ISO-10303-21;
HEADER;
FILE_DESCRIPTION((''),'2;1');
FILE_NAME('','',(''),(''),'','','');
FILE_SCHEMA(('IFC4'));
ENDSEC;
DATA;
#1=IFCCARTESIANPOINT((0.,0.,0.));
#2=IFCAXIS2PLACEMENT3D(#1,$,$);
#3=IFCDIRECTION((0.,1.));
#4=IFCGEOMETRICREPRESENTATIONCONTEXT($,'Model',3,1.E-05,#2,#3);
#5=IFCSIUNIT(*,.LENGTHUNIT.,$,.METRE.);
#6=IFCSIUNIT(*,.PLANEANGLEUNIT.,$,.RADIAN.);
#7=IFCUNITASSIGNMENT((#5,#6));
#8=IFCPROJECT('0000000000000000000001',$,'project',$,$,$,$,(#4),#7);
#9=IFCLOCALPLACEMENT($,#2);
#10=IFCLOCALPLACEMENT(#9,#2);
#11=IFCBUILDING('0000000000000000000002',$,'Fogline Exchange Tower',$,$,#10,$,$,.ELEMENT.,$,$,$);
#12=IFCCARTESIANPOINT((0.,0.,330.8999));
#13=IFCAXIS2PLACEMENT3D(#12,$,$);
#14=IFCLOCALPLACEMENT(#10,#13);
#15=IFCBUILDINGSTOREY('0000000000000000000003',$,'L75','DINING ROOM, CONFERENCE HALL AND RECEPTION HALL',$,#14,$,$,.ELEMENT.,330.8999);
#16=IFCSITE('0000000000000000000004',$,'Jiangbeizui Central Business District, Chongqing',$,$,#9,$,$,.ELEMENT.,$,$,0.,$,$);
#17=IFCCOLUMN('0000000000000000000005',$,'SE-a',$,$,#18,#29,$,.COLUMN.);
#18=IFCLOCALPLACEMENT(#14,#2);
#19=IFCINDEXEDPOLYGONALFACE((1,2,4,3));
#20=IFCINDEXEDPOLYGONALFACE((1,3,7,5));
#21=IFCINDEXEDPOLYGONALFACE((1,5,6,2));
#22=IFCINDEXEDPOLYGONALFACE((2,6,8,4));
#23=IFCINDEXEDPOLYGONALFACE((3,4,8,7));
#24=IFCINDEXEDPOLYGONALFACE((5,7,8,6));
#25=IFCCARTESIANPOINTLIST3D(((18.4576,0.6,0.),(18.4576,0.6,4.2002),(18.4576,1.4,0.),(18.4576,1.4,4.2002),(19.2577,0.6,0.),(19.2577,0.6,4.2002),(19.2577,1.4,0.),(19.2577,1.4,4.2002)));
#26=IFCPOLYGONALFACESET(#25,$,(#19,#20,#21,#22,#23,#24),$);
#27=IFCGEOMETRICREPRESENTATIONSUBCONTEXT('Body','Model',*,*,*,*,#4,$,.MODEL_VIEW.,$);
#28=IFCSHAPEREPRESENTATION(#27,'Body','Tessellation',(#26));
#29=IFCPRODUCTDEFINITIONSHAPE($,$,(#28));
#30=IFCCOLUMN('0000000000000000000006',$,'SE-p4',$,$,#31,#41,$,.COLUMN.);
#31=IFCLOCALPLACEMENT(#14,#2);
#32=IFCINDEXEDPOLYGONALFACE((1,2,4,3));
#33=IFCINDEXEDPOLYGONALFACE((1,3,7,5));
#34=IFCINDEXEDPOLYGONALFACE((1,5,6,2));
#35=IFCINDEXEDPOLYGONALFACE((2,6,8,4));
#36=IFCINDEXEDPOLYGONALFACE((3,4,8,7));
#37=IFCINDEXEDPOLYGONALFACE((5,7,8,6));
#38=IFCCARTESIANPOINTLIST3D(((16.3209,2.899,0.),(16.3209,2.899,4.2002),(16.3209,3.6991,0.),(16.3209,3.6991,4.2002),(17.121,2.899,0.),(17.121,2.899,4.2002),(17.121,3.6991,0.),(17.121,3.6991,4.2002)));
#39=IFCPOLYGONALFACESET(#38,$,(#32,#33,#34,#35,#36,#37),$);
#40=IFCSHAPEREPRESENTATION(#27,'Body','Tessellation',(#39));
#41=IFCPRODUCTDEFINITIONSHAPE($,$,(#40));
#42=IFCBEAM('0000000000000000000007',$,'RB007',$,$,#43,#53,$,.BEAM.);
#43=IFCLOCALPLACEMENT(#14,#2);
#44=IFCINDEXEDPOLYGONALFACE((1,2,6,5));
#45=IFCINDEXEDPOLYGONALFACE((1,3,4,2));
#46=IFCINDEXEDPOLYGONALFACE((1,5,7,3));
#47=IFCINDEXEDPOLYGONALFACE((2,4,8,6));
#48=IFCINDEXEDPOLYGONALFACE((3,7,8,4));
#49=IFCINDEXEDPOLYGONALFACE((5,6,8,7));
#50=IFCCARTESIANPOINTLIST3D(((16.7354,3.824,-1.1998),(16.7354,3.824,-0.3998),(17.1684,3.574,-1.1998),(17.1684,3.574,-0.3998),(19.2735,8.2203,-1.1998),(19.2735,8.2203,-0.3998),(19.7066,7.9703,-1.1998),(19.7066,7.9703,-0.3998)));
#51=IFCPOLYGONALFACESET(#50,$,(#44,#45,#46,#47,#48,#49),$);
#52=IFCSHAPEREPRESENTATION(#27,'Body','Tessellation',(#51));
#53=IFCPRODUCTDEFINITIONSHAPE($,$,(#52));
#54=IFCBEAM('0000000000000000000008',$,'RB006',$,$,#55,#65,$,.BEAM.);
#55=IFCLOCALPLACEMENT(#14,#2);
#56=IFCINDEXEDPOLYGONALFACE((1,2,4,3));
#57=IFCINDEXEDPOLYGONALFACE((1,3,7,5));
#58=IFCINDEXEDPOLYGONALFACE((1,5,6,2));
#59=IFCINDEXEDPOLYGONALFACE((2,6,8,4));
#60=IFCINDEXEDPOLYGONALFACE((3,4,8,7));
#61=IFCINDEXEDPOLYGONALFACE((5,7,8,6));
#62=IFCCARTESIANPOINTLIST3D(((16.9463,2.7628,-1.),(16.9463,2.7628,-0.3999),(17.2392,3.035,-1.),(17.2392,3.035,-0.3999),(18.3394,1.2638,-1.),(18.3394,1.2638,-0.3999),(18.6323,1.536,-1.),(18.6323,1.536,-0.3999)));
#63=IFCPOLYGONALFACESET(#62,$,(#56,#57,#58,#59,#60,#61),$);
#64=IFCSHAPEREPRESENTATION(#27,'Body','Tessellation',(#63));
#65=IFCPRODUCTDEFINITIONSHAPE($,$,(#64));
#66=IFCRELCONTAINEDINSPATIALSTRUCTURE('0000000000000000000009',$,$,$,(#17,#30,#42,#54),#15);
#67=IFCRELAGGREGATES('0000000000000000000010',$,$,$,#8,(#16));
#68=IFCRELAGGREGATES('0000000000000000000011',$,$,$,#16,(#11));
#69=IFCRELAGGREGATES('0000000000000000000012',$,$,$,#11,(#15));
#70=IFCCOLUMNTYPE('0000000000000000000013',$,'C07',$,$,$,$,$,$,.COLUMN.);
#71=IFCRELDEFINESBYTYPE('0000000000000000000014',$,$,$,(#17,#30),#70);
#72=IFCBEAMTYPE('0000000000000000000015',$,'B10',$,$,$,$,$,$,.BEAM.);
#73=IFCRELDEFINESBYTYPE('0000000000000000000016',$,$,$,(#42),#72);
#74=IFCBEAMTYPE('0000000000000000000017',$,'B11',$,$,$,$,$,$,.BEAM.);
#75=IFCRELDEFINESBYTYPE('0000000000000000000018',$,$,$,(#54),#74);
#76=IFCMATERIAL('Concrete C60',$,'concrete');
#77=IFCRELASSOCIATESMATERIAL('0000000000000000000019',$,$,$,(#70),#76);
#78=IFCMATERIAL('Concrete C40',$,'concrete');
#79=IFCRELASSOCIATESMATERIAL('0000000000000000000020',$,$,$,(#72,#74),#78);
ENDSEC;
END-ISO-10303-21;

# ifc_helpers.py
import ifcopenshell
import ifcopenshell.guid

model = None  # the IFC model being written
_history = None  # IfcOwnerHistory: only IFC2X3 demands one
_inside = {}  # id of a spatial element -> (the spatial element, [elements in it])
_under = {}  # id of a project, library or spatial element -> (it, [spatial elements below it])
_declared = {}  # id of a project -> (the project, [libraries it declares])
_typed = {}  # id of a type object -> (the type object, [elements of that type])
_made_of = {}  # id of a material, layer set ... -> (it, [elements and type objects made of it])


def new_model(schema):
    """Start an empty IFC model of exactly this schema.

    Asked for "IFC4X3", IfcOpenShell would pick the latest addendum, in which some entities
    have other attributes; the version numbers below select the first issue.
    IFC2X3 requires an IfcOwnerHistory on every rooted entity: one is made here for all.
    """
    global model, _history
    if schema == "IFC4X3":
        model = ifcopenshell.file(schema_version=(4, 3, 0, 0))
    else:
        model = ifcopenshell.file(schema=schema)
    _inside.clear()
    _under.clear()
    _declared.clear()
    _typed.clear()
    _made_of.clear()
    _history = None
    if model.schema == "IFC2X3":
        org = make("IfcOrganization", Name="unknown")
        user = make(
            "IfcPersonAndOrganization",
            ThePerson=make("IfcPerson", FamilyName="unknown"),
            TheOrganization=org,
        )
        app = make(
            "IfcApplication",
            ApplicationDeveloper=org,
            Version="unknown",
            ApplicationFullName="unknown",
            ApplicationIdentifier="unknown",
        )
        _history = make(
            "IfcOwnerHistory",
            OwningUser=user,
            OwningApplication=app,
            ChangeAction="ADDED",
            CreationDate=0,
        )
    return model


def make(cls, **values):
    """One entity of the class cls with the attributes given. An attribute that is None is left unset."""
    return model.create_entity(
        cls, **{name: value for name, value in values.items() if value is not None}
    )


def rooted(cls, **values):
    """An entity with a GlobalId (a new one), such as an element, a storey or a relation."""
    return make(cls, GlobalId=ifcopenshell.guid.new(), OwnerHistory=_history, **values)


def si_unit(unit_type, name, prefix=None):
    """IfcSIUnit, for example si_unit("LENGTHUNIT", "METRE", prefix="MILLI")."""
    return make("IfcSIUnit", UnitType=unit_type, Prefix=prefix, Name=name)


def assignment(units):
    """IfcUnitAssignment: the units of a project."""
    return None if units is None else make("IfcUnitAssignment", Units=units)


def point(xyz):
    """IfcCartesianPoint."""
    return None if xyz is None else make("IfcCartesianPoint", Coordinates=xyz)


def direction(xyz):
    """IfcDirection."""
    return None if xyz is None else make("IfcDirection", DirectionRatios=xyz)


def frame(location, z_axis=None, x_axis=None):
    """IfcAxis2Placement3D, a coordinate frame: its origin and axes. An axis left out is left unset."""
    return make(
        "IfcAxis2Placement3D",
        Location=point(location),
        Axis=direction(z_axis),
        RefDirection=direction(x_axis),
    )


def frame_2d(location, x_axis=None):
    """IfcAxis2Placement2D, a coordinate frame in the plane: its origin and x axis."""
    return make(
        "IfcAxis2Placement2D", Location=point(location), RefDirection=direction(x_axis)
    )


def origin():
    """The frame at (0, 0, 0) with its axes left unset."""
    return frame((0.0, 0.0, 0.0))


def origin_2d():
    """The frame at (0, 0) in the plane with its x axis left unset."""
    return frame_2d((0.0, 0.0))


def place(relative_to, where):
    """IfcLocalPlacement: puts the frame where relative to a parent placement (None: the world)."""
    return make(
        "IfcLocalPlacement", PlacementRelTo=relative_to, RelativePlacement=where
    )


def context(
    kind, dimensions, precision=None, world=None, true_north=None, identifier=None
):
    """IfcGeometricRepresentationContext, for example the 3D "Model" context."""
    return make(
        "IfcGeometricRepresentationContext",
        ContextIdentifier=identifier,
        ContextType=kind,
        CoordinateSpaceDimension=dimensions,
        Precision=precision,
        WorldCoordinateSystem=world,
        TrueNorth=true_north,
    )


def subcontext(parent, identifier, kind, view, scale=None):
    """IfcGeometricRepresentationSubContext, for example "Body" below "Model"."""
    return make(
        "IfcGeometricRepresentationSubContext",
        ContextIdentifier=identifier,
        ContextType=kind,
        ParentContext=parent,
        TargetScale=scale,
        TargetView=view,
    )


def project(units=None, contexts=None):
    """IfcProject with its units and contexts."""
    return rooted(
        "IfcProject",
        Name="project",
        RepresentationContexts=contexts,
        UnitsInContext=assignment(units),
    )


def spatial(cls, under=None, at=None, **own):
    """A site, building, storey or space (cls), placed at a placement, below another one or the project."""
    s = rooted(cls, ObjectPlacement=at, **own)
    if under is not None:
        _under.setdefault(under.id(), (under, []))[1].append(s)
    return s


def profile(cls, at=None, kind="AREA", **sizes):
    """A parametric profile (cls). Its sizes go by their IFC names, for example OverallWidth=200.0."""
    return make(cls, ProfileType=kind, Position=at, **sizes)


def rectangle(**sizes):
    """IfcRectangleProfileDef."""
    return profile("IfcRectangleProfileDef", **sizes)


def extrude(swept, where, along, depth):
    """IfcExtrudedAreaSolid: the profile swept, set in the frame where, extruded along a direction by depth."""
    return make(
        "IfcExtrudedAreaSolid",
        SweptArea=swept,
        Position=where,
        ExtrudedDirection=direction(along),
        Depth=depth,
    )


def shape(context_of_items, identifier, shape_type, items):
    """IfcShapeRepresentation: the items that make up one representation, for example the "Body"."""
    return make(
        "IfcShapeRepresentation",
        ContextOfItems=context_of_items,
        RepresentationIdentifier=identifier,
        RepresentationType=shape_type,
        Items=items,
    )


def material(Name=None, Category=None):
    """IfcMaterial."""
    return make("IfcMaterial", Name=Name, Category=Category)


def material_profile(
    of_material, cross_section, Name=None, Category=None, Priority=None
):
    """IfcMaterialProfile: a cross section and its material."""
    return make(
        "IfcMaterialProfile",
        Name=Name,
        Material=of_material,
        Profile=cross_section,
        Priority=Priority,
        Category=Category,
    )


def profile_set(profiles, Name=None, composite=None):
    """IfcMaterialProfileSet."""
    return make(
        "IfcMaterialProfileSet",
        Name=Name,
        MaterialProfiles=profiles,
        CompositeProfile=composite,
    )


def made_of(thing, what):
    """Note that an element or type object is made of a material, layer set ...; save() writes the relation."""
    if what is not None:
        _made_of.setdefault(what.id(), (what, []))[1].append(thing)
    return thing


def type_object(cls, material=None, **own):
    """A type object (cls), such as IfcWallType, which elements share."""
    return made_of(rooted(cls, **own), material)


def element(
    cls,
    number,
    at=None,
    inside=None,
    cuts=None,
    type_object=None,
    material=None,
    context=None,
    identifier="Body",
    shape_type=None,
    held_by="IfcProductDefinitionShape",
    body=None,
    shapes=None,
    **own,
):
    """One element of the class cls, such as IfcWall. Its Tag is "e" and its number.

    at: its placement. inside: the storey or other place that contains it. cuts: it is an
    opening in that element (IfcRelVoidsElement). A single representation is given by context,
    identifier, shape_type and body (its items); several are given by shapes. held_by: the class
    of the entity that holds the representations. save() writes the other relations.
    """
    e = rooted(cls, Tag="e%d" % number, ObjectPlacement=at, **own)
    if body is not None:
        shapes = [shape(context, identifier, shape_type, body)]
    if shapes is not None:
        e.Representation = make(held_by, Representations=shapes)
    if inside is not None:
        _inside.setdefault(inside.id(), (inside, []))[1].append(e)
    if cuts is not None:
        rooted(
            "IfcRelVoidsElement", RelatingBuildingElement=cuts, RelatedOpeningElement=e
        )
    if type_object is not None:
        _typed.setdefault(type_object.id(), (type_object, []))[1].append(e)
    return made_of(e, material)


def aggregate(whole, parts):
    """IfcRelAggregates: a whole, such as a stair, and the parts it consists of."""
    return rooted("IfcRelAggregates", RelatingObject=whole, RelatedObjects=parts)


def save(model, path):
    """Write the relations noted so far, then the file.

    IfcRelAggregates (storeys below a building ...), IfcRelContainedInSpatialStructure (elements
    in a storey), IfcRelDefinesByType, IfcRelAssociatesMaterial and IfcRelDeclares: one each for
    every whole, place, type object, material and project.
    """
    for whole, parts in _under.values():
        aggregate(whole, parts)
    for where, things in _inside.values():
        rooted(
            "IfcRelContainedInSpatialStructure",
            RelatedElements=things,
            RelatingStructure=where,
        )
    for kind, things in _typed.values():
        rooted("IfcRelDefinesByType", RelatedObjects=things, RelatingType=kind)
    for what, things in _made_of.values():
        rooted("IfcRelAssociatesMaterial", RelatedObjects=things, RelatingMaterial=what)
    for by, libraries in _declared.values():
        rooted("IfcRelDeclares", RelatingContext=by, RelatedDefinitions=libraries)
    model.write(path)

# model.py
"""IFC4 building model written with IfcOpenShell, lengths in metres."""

from ifc_helpers import new_model, si_unit, direction, frame, origin, origin_2d, place, context, subcontext, project, spatial, rectangle, extrude, material, material_profile, profile_set, type_object, element, save


model = new_model("IFC4")

# Units and contexts
model_context = context("Model", 3, precision=1e-05, world=origin(), true_north=direction((0.0, 1.0)))
body_context = subcontext(model_context, "Body", "Model", "MODEL_VIEW")
ifc_project = project(units=[si_unit("LENGTHUNIT", "METRE"), si_unit("PLANEANGLEUNIT", "RADIAN")], contexts=[model_context])

# Site, building, storey
site_placement = place(None, origin())
site = spatial("IfcSite", under=ifc_project, at=site_placement, Name="Jiangbeizui Central Business District, Chongqing", CompositionType="ELEMENT", RefElevation=0.0)
building_placement = place(site_placement, origin())
building = spatial("IfcBuilding", under=site, at=building_placement, Name="Fogline Exchange Tower", CompositionType="ELEMENT")
storey_placement = place(building_placement, frame((0.0, 0.0, 330.8999)))
storey = spatial("IfcBuildingStorey", under=building, at=storey_placement, Name="L75", Description="DINING ROOM, CONFERENCE HALL AND RECEPTION HALL", CompositionType="ELEMENT", Elevation=330.8999)

# Columns
ifc_material_1 = material(Name="Concrete C60", Category="concrete")
ifc_material_profile_1 = material_profile(ifc_material_1, rectangle(XDim=0.8, YDim=0.8, at=origin_2d()), Name="RC 800x800")
ifc_profile_set_1 = profile_set([ifc_material_profile_1], Name="Concrete C60")
column_type = type_object("IfcColumnType", Name="C07", PredefinedType="COLUMN", material=ifc_profile_set_1)
for number, where, z_axis, x_axis, name in (
    (1, (18.8577, 1.0, 0.0), (0.0, 0.0, 1.0), (1.0, 0.0, 0.0), "SE-a"),
    (2, (16.7209, 3.2991, 0.0), (0.0, 0.0, 1.0), (1.0, 0.0, 0.0), "SE-p4"),
):
    element("IfcColumn", number, at=place(storey_placement, frame(where, z_axis=z_axis, x_axis=x_axis)), inside=storey, type_object=column_type, Name=name, PredefinedType="COLUMN", context=body_context, shape_type="SweptSolid", body=[
        extrude(rectangle(XDim=0.8, YDim=0.8, at=origin_2d()), origin(), (0.0, 0.0, 1.0), 4.2002),
    ])

# Beams
ifc_material_2 = material(Name="Concrete C40", Category="concrete")
ifc_material_profile_2 = material_profile(ifc_material_2, rectangle(XDim=0.5, YDim=0.8, at=origin_2d()), Name="RC 500x800")
ifc_profile_set_2 = profile_set([ifc_material_profile_2], Name="Concrete C40")
beam_type_1 = type_object("IfcBeamType", Name="B10", PredefinedType="BEAM", material=ifc_profile_set_2)
beam_1_placement = place(storey_placement, frame((16.9519, 3.699, -0.7998), z_axis=(0.499988, 0.866033, 0.0), x_axis=(-0.866033, 0.499988, 0.0)))
element("IfcBeam", 3, at=beam_1_placement, inside=storey, type_object=beam_type_1, Name="RB007", PredefinedType="BEAM", context=body_context, shape_type="SweptSolid", body=[
    extrude(rectangle(XDim=0.5, YDim=0.8, at=origin_2d()), origin(), (0.0, 0.0, 1.0), 5.0764),
])
ifc_material_profile_3 = material_profile(ifc_material_2, rectangle(XDim=0.3999, YDim=0.6001, at=origin_2d()), Name="RC 400x600")
ifc_profile_set_3 = profile_set([ifc_material_profile_3], Name="Concrete C40")
beam_type_2 = type_object("IfcBeamType", Name="B11", PredefinedType="BEAM", material=ifc_profile_set_3)
beam_2_placement = place(storey_placement, frame((18.4858, 1.3999, -0.7), z_axis=(-0.680744, 0.732521, 0.0), x_axis=(-0.732521, -0.680744, 0.0)))
element("IfcBeam", 4, at=beam_2_placement, inside=storey, type_object=beam_type_2, Name="RB006", PredefinedType="BEAM", context=body_context, shape_type="SweptSolid", body=[
    extrude(rectangle(XDim=0.3999, YDim=0.6001, at=origin_2d()), origin(), (0.0, 0.0, 1.0), 2.0464),
])

save(model, "model.ifc")
